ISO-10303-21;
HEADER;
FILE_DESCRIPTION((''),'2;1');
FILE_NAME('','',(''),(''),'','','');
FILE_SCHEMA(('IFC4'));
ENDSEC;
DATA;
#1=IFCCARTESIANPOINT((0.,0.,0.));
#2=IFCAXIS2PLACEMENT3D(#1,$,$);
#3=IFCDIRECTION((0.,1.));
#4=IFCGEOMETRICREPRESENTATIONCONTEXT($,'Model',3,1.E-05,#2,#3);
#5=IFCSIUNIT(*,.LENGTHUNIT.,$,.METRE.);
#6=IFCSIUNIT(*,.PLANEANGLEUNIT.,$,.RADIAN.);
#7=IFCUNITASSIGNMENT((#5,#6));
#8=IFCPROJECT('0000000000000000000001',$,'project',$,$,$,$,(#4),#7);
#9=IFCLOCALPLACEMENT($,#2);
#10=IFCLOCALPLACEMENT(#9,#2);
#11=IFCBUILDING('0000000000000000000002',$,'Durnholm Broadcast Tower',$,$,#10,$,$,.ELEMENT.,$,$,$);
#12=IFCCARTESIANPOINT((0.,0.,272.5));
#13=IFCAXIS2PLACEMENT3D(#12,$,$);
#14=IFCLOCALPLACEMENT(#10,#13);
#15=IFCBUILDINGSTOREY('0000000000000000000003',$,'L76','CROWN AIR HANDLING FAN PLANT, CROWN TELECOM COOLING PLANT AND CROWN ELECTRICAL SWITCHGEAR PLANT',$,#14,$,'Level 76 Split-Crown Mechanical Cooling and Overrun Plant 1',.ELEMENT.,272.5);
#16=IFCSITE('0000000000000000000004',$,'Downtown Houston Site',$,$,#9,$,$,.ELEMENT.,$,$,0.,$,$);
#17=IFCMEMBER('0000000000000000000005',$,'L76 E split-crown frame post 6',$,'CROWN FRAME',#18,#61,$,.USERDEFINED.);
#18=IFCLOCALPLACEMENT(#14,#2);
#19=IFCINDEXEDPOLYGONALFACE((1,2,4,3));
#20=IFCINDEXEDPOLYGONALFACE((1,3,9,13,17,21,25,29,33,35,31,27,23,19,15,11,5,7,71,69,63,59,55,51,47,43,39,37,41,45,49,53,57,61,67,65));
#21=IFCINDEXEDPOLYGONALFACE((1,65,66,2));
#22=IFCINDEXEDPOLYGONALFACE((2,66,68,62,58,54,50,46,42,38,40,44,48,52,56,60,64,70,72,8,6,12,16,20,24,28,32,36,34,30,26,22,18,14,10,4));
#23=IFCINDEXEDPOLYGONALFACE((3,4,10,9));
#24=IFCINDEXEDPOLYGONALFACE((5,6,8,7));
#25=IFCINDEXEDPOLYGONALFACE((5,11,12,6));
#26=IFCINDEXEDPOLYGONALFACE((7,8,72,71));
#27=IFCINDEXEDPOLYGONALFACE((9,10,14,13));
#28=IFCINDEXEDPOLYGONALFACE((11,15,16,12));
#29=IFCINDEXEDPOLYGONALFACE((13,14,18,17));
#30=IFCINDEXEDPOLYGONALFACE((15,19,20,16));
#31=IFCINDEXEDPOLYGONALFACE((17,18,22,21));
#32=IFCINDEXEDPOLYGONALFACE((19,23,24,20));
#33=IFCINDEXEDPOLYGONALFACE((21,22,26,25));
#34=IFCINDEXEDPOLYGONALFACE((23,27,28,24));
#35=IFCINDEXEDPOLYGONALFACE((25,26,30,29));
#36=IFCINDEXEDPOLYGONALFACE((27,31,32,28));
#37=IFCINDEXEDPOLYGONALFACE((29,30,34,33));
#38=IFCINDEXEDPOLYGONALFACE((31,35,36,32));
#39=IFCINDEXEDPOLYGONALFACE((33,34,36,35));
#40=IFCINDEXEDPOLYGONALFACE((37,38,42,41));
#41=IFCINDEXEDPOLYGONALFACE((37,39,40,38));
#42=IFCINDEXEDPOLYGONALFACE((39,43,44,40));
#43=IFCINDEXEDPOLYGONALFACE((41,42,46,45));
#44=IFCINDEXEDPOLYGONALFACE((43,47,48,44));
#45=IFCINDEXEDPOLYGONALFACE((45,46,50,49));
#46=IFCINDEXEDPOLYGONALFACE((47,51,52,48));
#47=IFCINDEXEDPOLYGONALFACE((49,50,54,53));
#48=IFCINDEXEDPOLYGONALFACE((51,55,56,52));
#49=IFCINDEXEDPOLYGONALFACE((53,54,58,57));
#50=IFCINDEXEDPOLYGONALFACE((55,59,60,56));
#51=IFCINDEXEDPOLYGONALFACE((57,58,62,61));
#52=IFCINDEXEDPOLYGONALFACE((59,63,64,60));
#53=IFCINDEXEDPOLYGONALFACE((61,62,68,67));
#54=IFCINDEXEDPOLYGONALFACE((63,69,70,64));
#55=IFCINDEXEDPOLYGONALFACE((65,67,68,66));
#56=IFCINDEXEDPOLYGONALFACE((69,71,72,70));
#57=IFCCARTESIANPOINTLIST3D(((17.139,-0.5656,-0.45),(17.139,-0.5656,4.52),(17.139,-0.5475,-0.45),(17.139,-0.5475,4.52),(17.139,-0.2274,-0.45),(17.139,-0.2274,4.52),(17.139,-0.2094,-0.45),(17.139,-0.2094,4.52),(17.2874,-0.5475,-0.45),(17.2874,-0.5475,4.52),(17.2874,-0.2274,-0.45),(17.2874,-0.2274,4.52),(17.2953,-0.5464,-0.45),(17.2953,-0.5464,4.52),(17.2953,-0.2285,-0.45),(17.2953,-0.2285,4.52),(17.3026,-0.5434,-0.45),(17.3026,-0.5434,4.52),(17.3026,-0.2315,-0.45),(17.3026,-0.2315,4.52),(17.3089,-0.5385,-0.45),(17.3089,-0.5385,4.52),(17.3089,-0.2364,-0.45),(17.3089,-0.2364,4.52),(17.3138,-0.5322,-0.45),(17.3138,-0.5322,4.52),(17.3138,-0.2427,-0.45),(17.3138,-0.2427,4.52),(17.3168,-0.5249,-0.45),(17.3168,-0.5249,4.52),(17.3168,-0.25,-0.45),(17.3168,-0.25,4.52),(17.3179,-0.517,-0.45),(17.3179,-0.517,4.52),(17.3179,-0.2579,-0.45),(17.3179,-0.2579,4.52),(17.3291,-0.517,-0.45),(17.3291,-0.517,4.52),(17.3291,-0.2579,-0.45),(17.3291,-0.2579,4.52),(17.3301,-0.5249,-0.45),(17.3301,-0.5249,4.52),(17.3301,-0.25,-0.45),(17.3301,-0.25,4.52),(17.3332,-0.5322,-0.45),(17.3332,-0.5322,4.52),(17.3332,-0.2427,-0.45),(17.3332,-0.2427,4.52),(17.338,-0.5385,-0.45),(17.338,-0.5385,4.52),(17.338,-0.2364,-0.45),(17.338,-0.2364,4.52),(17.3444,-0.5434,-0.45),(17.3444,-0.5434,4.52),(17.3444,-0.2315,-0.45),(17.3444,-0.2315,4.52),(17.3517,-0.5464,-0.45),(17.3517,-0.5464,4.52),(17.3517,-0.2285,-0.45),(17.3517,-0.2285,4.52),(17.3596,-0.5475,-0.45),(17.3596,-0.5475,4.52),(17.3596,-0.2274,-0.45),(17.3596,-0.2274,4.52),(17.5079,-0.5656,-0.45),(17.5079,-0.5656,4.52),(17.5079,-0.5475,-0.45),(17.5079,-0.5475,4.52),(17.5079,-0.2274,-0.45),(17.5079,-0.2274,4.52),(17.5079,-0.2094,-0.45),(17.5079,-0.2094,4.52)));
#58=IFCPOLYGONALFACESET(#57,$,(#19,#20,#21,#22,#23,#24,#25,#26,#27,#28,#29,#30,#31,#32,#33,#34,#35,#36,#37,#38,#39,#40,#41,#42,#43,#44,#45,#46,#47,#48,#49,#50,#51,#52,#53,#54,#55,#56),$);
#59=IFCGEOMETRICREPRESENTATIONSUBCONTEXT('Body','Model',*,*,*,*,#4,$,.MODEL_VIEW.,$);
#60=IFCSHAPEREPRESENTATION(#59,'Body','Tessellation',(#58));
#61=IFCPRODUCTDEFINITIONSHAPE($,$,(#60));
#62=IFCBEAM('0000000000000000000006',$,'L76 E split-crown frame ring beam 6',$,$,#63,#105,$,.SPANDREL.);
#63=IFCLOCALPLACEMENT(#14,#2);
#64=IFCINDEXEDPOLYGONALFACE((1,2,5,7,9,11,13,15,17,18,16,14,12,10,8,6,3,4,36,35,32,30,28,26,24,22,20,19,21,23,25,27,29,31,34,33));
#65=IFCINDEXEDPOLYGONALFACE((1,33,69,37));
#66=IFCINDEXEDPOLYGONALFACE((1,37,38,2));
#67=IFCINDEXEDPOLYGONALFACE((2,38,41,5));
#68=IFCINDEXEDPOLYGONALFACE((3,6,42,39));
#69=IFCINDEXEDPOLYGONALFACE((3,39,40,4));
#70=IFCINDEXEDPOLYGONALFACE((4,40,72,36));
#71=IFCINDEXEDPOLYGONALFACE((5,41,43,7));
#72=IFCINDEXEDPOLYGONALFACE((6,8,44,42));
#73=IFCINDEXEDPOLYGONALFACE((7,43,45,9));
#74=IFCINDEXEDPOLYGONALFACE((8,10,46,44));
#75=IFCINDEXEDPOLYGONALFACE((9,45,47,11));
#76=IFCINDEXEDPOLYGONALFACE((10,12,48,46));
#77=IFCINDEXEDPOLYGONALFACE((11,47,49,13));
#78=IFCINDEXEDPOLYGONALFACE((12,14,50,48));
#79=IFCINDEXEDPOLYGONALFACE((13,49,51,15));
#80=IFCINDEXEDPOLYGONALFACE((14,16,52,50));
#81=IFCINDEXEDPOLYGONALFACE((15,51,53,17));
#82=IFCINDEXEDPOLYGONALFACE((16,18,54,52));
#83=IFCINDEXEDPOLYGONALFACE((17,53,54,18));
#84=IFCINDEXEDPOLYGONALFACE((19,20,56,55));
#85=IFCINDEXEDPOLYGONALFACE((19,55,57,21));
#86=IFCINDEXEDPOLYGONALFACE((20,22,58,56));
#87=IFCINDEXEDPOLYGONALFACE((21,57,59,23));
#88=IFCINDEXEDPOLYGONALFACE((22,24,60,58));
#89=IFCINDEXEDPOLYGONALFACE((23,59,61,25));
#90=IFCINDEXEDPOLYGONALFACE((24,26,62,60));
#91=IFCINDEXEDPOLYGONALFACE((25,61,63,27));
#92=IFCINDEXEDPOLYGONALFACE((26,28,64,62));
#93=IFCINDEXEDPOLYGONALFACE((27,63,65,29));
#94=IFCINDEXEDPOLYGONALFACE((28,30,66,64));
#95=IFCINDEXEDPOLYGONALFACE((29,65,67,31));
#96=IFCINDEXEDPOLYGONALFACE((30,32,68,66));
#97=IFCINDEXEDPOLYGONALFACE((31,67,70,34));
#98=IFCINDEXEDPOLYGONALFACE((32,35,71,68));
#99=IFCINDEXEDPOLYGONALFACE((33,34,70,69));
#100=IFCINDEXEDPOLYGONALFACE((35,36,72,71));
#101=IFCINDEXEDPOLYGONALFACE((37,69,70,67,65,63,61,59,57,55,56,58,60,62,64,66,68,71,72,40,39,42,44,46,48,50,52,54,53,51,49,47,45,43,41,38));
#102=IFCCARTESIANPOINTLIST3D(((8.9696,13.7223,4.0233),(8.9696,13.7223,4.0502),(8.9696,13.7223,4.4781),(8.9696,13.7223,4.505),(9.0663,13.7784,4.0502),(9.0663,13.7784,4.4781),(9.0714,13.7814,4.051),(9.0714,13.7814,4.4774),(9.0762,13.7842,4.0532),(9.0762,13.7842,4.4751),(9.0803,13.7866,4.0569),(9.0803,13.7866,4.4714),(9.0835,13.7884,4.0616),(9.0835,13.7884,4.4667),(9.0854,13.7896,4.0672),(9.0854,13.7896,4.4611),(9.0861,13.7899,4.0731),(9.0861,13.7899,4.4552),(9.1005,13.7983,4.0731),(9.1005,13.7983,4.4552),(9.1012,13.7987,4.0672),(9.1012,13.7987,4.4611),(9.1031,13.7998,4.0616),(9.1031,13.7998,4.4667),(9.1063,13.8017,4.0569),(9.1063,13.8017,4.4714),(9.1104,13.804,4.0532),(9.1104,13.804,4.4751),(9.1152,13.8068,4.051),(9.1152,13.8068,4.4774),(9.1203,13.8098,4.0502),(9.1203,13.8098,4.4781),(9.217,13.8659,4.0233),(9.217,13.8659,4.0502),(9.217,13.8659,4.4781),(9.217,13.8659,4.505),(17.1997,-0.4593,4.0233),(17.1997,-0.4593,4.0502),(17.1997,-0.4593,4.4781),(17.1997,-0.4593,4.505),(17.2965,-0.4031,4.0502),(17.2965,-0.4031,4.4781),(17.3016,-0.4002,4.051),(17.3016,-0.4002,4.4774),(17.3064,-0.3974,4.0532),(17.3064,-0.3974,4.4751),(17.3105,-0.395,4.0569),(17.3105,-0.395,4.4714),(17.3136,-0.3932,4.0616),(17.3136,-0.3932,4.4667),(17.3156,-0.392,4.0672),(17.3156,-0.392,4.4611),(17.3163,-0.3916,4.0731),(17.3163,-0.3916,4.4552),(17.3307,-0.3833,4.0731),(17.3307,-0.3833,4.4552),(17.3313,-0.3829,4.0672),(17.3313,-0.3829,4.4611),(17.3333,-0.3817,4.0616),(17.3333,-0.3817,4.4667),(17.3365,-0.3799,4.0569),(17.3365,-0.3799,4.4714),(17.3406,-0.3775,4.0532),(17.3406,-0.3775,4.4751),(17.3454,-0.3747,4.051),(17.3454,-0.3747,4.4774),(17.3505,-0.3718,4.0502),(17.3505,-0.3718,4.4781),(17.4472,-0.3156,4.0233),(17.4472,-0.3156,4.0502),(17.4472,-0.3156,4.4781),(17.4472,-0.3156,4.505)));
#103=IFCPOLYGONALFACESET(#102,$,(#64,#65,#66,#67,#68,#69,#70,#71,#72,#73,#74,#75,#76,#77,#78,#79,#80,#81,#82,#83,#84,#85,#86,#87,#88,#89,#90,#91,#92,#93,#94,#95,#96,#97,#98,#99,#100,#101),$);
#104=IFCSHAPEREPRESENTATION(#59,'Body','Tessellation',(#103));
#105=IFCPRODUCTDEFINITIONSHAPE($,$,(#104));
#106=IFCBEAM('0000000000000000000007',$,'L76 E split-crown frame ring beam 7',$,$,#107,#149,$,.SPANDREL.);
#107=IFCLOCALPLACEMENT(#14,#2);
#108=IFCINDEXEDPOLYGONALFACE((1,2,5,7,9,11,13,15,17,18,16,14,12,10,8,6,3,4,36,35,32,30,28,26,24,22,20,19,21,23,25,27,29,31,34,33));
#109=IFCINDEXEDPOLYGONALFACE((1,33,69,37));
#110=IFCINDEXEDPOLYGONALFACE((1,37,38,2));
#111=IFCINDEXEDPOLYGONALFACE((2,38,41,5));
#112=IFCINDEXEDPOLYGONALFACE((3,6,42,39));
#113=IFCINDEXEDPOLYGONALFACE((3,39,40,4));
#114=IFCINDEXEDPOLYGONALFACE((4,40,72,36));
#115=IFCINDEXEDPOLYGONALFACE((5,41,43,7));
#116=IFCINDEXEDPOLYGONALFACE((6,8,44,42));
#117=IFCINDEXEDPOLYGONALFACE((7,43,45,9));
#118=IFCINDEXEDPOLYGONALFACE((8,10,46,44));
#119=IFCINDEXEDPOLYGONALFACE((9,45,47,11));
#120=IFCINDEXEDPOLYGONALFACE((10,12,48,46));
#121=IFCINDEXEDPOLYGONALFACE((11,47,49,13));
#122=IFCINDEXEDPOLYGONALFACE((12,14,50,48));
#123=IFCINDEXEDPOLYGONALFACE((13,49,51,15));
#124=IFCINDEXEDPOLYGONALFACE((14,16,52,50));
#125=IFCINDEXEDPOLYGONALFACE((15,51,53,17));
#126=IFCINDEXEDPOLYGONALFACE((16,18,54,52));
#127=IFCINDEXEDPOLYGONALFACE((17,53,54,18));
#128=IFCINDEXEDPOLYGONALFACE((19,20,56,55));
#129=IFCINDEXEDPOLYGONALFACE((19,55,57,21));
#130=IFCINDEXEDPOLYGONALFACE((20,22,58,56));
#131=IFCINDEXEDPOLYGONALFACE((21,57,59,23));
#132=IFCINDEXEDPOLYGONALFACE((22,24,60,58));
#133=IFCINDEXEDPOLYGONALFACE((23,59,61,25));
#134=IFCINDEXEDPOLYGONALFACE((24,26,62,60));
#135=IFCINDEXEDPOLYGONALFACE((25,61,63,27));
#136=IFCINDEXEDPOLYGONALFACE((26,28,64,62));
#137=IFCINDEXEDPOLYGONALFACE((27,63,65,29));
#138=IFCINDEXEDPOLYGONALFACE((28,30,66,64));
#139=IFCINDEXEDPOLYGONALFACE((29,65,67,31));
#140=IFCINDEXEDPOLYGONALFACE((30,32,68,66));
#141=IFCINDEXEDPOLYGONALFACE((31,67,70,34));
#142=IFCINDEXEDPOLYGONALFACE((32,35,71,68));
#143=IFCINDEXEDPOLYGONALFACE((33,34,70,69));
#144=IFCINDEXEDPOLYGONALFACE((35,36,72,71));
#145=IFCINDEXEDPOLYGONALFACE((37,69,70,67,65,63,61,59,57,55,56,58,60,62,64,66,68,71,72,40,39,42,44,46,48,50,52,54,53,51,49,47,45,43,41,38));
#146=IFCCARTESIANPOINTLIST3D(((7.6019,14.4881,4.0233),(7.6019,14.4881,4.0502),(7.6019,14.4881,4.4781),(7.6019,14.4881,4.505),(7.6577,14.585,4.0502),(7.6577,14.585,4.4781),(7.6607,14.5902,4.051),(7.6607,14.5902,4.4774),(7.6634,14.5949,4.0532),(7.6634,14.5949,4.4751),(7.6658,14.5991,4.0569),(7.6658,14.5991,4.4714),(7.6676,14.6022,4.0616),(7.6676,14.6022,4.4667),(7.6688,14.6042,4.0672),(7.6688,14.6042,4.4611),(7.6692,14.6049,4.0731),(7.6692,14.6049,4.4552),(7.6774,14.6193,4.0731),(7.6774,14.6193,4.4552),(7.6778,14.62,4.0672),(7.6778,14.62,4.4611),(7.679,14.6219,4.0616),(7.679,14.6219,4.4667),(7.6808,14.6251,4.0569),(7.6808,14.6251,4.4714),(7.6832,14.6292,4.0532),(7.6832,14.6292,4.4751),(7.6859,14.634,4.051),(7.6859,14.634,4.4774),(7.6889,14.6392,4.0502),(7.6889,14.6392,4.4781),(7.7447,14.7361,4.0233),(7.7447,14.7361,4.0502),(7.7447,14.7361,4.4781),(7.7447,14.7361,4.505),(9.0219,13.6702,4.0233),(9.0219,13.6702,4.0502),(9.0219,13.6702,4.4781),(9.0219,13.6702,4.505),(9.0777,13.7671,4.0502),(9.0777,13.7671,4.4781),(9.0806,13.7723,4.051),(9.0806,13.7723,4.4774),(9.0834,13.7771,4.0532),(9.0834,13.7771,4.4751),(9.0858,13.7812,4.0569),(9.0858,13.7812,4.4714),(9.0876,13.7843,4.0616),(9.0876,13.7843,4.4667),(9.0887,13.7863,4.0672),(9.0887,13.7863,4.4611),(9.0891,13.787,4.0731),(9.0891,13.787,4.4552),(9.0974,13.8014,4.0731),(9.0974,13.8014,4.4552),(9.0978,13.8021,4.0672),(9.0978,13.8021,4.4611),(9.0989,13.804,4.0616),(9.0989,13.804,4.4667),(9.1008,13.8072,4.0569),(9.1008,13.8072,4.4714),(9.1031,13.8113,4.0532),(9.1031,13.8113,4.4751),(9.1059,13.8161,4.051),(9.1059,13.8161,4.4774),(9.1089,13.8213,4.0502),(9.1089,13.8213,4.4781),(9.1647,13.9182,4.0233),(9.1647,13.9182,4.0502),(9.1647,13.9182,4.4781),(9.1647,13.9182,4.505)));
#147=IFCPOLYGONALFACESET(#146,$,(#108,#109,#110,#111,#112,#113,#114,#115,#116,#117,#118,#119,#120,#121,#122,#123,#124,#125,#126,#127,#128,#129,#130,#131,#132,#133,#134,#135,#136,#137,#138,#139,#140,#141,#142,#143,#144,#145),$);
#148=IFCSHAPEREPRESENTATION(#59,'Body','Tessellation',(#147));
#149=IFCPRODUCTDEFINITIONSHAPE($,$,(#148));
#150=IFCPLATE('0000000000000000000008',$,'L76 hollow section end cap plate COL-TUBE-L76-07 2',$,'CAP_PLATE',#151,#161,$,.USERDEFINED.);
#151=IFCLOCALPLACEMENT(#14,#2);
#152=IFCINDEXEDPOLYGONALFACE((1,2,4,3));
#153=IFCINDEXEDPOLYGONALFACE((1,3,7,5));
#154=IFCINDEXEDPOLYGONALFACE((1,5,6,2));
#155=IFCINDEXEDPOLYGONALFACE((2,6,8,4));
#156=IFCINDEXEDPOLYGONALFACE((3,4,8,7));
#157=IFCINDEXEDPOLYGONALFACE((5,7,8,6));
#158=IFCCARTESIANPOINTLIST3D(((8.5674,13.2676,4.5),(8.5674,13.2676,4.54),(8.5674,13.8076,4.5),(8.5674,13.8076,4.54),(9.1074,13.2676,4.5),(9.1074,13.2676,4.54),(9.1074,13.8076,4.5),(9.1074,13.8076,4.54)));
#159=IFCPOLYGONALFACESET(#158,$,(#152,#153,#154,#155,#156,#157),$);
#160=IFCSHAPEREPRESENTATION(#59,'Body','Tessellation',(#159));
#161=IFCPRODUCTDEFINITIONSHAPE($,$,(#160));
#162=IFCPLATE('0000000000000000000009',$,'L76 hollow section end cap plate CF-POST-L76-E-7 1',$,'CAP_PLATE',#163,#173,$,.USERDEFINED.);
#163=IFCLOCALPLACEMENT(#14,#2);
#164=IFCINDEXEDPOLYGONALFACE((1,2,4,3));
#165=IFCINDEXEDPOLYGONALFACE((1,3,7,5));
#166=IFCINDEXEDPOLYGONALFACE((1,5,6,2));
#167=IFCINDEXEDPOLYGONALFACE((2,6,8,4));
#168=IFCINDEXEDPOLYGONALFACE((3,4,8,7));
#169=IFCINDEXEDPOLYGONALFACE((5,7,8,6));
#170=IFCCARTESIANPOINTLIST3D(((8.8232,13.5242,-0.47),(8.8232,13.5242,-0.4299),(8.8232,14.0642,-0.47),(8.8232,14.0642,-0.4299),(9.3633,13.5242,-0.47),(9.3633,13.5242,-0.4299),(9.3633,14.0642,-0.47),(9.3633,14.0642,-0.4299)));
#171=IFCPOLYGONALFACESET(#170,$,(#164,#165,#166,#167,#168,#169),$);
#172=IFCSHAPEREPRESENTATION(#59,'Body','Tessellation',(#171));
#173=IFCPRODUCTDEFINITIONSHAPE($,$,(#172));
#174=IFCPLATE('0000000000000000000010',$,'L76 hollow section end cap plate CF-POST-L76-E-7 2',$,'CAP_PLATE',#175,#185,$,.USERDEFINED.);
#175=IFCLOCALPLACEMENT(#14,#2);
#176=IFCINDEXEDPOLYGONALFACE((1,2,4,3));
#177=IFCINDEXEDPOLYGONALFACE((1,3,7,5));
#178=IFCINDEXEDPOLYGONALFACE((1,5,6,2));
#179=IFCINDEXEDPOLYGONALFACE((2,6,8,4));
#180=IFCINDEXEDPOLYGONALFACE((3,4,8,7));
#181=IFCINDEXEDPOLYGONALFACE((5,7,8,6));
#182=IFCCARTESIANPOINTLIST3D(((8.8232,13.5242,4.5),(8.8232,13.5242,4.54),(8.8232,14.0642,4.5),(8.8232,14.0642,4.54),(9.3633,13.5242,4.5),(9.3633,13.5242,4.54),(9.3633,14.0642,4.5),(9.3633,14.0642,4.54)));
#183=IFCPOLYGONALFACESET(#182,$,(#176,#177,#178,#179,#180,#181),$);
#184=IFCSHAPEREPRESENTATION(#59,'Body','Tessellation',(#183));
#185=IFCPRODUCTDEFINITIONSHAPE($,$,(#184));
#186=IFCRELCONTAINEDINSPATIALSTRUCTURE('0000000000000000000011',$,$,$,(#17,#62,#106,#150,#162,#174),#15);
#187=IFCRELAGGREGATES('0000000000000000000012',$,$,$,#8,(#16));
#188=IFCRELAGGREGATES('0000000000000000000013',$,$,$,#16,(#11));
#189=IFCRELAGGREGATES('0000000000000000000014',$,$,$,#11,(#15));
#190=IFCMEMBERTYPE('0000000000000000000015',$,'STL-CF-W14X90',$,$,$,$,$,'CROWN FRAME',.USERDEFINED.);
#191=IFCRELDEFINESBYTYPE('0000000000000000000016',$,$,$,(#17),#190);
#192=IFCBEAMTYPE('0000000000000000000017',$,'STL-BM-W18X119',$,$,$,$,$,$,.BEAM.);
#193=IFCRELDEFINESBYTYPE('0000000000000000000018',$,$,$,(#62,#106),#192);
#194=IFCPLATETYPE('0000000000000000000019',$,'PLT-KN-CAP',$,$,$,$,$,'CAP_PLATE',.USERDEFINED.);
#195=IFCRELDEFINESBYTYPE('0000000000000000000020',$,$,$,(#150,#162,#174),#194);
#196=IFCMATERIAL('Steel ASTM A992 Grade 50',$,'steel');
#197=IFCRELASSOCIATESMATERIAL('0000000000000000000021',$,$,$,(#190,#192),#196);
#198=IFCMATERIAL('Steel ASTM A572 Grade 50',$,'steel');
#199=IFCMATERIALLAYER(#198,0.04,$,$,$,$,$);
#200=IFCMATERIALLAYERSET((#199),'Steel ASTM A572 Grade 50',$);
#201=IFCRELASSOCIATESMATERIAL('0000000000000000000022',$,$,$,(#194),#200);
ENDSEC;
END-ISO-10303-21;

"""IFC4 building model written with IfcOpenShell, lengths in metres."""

from ifc_helpers import new_model, si_unit, direction, frame, origin, origin_2d, place, context, subcontext, project, spatial, rectangle, i_section, extrude, source, transform, mapped, material, layer, layer_set, material_profile, profile_set, type_object, type_shapes, element, save


model = new_model("IFC4")

# Units and contexts
model_context = context("Model", 3, precision=1e-05, world=origin(), true_north=direction((0.0, 1.0)))
body_context = subcontext(model_context, "Body", "Model", "MODEL_VIEW")
ifc_project = project(units=[si_unit("LENGTHUNIT", "METRE"), si_unit("PLANEANGLEUNIT", "RADIAN")], contexts=[model_context])

# Site, building, storey
site_placement = place(None, origin())
site = spatial("IfcSite", under=ifc_project, at=site_placement, Name="Downtown Houston Site", CompositionType="ELEMENT", RefElevation=0.0)
building_placement = place(site_placement, origin())
building = spatial("IfcBuilding", under=site, at=building_placement, Name="Durnholm Broadcast Tower", CompositionType="ELEMENT")
storey_placement = place(building_placement, frame((0.0, 0.0, 272.5)))
storey = spatial("IfcBuildingStorey", under=building, at=storey_placement, Name="L76", Description="CROWN AIR HANDLING FAN PLANT, CROWN TELECOM COOLING PLANT AND CROWN ELECTRICAL SWITCHGEAR PLANT", LongName="Level 76 Split-Crown Mechanical Cooling and Overrun Plant 1", CompositionType="ELEMENT", Elevation=272.5)

# Shared definitions
ifc_material_1 = material(Name="Steel ASTM A992 Grade 50", Category="steel")

# Member
ifc_material_profile_1 = material_profile(ifc_material_1, i_section(OverallWidth=0.3689, OverallDepth=0.3562, WebThickness=0.0112, FlangeThickness=0.0181, FilletRadius=0.0305, at=origin_2d()), Name="W14X90")
ifc_profile_set_1 = profile_set([ifc_material_profile_1], Name="Steel ASTM A992 Grade 50")
member_type_1 = type_object("IfcMemberType", Name="STL-CF-W14X90", ElementType="CROWN FRAME", PredefinedType="USERDEFINED", material=ifc_profile_set_1)
shared_shape_1 = source(origin(), body_context, "Body", "SweptSolid", [
    extrude(i_section(OverallWidth=0.3689, OverallDepth=0.3562, WebThickness=0.0112, FlangeThickness=0.0181, FilletRadius=0.0305, at=origin_2d()), origin(), (0.0, 0.0, 1.0), 4.97),
])
type_shapes(member_type_1, [shared_shape_1])
member_1_placement = place(storey_placement, frame((17.3235, -0.3875, -0.45), z_axis=(0.0, 0.0, 1.0), x_axis=(1.0, 0.0, 0.0)))
element("IfcMember", 1, at=member_1_placement, inside=storey, type_object=member_type_1, Name="L76 E split-crown frame post 6", ObjectType="CROWN FRAME", PredefinedType="USERDEFINED", context=body_context, shape_type="MappedRepresentation", body=[
    mapped(shared_shape_1, transform((0.0, 0.0, 0.0), x_axis=(1.0, 0.0, 0.0), y_axis=(0.0, 1.0, 0.0), z_axis=(0.0, 0.0, 1.0), scale=1.0)),
])

# Beams
ifc_material_profile_2 = material_profile(ifc_material_1, i_section(OverallWidth=0.2861, OverallDepth=0.4817, WebThickness=0.0166, FlangeThickness=0.0269, FilletRadius=0.0229, at=origin_2d()), Name="W18X119")
ifc_profile_set_2 = profile_set([ifc_material_profile_2], Name="Steel ASTM A992 Grade 50")
beam_type_1 = type_object("IfcBeamType", Name="STL-BM-W18X119", PredefinedType="BEAM", material=ifc_profile_set_2)
shared_shape_2 = source(origin(), body_context, "Body", "SweptSolid", [
    extrude(i_section(OverallWidth=0.2861, OverallDepth=0.4817, WebThickness=0.0166, FlangeThickness=0.0269, FilletRadius=0.0229, at=origin_2d()), origin(), (0.0, 0.0, 1.0), 16.3967),
])
beam_1_placement = place(storey_placement, frame((17.3235, -0.3875, 4.2642), z_axis=(-0.50194, 0.864902, 0.0), x_axis=(-0.864902, -0.50194, 0.0)))
element("IfcBeam", 2, at=beam_1_placement, inside=storey, type_object=beam_type_1, Name="L76 E split-crown frame ring beam 6", PredefinedType="SPANDREL", context=body_context, shape_type="MappedRepresentation", body=[
    mapped(shared_shape_2, transform((0.0, 0.0, 0.0), x_axis=(1.0, 0.0, 0.0), y_axis=(0.0, 1.0, 0.0), z_axis=(0.0, 0.0, 1.0), scale=1.0)),
])
shared_shape_3 = source(origin(), body_context, "Body", "SweptSolid", [
    extrude(i_section(OverallWidth=0.2861, OverallDepth=0.4817, WebThickness=0.0166, FlangeThickness=0.0269, FilletRadius=0.0229, at=origin_2d()), origin(), (0.0, 0.0, 1.0), 1.6387),
])
type_shapes(beam_type_1, [shared_shape_2, shared_shape_3])
beam_2_placement = place(storey_placement, frame((9.0933, 13.7942, 4.2642), z_axis=(-0.866533, 0.49912, 0.0), x_axis=(-0.49912, -0.866533, 0.0)))
element("IfcBeam", 3, at=beam_2_placement, inside=storey, type_object=beam_type_1, Name="L76 E split-crown frame ring beam 7", PredefinedType="SPANDREL", context=body_context, shape_type="MappedRepresentation", body=[
    mapped(shared_shape_3, transform((0.0, 0.0, 0.0), x_axis=(1.0, 0.0, 0.0), y_axis=(0.0, 1.0, 0.0), z_axis=(0.0, 0.0, 1.0), scale=1.0)),
])

# Plates
ifc_material_2 = material(Name="Steel ASTM A572 Grade 50", Category="steel")
ifc_layer_1 = layer(ifc_material_2, 0.04)
ifc_layer_set_1 = layer_set([ifc_layer_1], Name="Steel ASTM A572 Grade 50")
plate_type_1 = type_object("IfcPlateType", Name="PLT-KN-CAP", ElementType="CAP_PLATE", PredefinedType="USERDEFINED", material=ifc_layer_set_1)
shared_shape_4 = source(origin(), body_context, "Body", "SweptSolid", [
    extrude(rectangle(XDim=0.54, YDim=0.54, at=origin_2d()), origin(), (0.0, 0.0, 1.0), 0.04),
])
type_shapes(plate_type_1, [shared_shape_4])
for number, where, z_axis, x_axis, name in (
    (4, (8.8374, 13.5376, 4.5), (0.0, 0.0, 1.0), (1.0, 0.0, 0.0), "L76 hollow section end cap plate COL-TUBE-L76-07 2"),
    (5, (9.0933, 13.7942, -0.47), (0.0, 0.0, 1.0), (1.0, 0.0, 0.0), "L76 hollow section end cap plate CF-POST-L76-E-7 1"),
    (6, (9.0933, 13.7942, 4.5), (0.0, 0.0, 1.0), (1.0, 0.0, 0.0), "L76 hollow section end cap plate CF-POST-L76-E-7 2"),
):
    element("IfcPlate", number, at=place(storey_placement, frame(where, z_axis=z_axis, x_axis=x_axis)), inside=storey, type_object=plate_type_1, Name=name, ObjectType="CAP_PLATE", PredefinedType="USERDEFINED", context=body_context, shape_type="MappedRepresentation", body=[
        mapped(shared_shape_4, transform((0.0, 0.0, 0.0), x_axis=(1.0, 0.0, 0.0), y_axis=(0.0, 1.0, 0.0), z_axis=(0.0, 0.0, 1.0), scale=1.0)),
    ])

save(model, "model.ifc")
